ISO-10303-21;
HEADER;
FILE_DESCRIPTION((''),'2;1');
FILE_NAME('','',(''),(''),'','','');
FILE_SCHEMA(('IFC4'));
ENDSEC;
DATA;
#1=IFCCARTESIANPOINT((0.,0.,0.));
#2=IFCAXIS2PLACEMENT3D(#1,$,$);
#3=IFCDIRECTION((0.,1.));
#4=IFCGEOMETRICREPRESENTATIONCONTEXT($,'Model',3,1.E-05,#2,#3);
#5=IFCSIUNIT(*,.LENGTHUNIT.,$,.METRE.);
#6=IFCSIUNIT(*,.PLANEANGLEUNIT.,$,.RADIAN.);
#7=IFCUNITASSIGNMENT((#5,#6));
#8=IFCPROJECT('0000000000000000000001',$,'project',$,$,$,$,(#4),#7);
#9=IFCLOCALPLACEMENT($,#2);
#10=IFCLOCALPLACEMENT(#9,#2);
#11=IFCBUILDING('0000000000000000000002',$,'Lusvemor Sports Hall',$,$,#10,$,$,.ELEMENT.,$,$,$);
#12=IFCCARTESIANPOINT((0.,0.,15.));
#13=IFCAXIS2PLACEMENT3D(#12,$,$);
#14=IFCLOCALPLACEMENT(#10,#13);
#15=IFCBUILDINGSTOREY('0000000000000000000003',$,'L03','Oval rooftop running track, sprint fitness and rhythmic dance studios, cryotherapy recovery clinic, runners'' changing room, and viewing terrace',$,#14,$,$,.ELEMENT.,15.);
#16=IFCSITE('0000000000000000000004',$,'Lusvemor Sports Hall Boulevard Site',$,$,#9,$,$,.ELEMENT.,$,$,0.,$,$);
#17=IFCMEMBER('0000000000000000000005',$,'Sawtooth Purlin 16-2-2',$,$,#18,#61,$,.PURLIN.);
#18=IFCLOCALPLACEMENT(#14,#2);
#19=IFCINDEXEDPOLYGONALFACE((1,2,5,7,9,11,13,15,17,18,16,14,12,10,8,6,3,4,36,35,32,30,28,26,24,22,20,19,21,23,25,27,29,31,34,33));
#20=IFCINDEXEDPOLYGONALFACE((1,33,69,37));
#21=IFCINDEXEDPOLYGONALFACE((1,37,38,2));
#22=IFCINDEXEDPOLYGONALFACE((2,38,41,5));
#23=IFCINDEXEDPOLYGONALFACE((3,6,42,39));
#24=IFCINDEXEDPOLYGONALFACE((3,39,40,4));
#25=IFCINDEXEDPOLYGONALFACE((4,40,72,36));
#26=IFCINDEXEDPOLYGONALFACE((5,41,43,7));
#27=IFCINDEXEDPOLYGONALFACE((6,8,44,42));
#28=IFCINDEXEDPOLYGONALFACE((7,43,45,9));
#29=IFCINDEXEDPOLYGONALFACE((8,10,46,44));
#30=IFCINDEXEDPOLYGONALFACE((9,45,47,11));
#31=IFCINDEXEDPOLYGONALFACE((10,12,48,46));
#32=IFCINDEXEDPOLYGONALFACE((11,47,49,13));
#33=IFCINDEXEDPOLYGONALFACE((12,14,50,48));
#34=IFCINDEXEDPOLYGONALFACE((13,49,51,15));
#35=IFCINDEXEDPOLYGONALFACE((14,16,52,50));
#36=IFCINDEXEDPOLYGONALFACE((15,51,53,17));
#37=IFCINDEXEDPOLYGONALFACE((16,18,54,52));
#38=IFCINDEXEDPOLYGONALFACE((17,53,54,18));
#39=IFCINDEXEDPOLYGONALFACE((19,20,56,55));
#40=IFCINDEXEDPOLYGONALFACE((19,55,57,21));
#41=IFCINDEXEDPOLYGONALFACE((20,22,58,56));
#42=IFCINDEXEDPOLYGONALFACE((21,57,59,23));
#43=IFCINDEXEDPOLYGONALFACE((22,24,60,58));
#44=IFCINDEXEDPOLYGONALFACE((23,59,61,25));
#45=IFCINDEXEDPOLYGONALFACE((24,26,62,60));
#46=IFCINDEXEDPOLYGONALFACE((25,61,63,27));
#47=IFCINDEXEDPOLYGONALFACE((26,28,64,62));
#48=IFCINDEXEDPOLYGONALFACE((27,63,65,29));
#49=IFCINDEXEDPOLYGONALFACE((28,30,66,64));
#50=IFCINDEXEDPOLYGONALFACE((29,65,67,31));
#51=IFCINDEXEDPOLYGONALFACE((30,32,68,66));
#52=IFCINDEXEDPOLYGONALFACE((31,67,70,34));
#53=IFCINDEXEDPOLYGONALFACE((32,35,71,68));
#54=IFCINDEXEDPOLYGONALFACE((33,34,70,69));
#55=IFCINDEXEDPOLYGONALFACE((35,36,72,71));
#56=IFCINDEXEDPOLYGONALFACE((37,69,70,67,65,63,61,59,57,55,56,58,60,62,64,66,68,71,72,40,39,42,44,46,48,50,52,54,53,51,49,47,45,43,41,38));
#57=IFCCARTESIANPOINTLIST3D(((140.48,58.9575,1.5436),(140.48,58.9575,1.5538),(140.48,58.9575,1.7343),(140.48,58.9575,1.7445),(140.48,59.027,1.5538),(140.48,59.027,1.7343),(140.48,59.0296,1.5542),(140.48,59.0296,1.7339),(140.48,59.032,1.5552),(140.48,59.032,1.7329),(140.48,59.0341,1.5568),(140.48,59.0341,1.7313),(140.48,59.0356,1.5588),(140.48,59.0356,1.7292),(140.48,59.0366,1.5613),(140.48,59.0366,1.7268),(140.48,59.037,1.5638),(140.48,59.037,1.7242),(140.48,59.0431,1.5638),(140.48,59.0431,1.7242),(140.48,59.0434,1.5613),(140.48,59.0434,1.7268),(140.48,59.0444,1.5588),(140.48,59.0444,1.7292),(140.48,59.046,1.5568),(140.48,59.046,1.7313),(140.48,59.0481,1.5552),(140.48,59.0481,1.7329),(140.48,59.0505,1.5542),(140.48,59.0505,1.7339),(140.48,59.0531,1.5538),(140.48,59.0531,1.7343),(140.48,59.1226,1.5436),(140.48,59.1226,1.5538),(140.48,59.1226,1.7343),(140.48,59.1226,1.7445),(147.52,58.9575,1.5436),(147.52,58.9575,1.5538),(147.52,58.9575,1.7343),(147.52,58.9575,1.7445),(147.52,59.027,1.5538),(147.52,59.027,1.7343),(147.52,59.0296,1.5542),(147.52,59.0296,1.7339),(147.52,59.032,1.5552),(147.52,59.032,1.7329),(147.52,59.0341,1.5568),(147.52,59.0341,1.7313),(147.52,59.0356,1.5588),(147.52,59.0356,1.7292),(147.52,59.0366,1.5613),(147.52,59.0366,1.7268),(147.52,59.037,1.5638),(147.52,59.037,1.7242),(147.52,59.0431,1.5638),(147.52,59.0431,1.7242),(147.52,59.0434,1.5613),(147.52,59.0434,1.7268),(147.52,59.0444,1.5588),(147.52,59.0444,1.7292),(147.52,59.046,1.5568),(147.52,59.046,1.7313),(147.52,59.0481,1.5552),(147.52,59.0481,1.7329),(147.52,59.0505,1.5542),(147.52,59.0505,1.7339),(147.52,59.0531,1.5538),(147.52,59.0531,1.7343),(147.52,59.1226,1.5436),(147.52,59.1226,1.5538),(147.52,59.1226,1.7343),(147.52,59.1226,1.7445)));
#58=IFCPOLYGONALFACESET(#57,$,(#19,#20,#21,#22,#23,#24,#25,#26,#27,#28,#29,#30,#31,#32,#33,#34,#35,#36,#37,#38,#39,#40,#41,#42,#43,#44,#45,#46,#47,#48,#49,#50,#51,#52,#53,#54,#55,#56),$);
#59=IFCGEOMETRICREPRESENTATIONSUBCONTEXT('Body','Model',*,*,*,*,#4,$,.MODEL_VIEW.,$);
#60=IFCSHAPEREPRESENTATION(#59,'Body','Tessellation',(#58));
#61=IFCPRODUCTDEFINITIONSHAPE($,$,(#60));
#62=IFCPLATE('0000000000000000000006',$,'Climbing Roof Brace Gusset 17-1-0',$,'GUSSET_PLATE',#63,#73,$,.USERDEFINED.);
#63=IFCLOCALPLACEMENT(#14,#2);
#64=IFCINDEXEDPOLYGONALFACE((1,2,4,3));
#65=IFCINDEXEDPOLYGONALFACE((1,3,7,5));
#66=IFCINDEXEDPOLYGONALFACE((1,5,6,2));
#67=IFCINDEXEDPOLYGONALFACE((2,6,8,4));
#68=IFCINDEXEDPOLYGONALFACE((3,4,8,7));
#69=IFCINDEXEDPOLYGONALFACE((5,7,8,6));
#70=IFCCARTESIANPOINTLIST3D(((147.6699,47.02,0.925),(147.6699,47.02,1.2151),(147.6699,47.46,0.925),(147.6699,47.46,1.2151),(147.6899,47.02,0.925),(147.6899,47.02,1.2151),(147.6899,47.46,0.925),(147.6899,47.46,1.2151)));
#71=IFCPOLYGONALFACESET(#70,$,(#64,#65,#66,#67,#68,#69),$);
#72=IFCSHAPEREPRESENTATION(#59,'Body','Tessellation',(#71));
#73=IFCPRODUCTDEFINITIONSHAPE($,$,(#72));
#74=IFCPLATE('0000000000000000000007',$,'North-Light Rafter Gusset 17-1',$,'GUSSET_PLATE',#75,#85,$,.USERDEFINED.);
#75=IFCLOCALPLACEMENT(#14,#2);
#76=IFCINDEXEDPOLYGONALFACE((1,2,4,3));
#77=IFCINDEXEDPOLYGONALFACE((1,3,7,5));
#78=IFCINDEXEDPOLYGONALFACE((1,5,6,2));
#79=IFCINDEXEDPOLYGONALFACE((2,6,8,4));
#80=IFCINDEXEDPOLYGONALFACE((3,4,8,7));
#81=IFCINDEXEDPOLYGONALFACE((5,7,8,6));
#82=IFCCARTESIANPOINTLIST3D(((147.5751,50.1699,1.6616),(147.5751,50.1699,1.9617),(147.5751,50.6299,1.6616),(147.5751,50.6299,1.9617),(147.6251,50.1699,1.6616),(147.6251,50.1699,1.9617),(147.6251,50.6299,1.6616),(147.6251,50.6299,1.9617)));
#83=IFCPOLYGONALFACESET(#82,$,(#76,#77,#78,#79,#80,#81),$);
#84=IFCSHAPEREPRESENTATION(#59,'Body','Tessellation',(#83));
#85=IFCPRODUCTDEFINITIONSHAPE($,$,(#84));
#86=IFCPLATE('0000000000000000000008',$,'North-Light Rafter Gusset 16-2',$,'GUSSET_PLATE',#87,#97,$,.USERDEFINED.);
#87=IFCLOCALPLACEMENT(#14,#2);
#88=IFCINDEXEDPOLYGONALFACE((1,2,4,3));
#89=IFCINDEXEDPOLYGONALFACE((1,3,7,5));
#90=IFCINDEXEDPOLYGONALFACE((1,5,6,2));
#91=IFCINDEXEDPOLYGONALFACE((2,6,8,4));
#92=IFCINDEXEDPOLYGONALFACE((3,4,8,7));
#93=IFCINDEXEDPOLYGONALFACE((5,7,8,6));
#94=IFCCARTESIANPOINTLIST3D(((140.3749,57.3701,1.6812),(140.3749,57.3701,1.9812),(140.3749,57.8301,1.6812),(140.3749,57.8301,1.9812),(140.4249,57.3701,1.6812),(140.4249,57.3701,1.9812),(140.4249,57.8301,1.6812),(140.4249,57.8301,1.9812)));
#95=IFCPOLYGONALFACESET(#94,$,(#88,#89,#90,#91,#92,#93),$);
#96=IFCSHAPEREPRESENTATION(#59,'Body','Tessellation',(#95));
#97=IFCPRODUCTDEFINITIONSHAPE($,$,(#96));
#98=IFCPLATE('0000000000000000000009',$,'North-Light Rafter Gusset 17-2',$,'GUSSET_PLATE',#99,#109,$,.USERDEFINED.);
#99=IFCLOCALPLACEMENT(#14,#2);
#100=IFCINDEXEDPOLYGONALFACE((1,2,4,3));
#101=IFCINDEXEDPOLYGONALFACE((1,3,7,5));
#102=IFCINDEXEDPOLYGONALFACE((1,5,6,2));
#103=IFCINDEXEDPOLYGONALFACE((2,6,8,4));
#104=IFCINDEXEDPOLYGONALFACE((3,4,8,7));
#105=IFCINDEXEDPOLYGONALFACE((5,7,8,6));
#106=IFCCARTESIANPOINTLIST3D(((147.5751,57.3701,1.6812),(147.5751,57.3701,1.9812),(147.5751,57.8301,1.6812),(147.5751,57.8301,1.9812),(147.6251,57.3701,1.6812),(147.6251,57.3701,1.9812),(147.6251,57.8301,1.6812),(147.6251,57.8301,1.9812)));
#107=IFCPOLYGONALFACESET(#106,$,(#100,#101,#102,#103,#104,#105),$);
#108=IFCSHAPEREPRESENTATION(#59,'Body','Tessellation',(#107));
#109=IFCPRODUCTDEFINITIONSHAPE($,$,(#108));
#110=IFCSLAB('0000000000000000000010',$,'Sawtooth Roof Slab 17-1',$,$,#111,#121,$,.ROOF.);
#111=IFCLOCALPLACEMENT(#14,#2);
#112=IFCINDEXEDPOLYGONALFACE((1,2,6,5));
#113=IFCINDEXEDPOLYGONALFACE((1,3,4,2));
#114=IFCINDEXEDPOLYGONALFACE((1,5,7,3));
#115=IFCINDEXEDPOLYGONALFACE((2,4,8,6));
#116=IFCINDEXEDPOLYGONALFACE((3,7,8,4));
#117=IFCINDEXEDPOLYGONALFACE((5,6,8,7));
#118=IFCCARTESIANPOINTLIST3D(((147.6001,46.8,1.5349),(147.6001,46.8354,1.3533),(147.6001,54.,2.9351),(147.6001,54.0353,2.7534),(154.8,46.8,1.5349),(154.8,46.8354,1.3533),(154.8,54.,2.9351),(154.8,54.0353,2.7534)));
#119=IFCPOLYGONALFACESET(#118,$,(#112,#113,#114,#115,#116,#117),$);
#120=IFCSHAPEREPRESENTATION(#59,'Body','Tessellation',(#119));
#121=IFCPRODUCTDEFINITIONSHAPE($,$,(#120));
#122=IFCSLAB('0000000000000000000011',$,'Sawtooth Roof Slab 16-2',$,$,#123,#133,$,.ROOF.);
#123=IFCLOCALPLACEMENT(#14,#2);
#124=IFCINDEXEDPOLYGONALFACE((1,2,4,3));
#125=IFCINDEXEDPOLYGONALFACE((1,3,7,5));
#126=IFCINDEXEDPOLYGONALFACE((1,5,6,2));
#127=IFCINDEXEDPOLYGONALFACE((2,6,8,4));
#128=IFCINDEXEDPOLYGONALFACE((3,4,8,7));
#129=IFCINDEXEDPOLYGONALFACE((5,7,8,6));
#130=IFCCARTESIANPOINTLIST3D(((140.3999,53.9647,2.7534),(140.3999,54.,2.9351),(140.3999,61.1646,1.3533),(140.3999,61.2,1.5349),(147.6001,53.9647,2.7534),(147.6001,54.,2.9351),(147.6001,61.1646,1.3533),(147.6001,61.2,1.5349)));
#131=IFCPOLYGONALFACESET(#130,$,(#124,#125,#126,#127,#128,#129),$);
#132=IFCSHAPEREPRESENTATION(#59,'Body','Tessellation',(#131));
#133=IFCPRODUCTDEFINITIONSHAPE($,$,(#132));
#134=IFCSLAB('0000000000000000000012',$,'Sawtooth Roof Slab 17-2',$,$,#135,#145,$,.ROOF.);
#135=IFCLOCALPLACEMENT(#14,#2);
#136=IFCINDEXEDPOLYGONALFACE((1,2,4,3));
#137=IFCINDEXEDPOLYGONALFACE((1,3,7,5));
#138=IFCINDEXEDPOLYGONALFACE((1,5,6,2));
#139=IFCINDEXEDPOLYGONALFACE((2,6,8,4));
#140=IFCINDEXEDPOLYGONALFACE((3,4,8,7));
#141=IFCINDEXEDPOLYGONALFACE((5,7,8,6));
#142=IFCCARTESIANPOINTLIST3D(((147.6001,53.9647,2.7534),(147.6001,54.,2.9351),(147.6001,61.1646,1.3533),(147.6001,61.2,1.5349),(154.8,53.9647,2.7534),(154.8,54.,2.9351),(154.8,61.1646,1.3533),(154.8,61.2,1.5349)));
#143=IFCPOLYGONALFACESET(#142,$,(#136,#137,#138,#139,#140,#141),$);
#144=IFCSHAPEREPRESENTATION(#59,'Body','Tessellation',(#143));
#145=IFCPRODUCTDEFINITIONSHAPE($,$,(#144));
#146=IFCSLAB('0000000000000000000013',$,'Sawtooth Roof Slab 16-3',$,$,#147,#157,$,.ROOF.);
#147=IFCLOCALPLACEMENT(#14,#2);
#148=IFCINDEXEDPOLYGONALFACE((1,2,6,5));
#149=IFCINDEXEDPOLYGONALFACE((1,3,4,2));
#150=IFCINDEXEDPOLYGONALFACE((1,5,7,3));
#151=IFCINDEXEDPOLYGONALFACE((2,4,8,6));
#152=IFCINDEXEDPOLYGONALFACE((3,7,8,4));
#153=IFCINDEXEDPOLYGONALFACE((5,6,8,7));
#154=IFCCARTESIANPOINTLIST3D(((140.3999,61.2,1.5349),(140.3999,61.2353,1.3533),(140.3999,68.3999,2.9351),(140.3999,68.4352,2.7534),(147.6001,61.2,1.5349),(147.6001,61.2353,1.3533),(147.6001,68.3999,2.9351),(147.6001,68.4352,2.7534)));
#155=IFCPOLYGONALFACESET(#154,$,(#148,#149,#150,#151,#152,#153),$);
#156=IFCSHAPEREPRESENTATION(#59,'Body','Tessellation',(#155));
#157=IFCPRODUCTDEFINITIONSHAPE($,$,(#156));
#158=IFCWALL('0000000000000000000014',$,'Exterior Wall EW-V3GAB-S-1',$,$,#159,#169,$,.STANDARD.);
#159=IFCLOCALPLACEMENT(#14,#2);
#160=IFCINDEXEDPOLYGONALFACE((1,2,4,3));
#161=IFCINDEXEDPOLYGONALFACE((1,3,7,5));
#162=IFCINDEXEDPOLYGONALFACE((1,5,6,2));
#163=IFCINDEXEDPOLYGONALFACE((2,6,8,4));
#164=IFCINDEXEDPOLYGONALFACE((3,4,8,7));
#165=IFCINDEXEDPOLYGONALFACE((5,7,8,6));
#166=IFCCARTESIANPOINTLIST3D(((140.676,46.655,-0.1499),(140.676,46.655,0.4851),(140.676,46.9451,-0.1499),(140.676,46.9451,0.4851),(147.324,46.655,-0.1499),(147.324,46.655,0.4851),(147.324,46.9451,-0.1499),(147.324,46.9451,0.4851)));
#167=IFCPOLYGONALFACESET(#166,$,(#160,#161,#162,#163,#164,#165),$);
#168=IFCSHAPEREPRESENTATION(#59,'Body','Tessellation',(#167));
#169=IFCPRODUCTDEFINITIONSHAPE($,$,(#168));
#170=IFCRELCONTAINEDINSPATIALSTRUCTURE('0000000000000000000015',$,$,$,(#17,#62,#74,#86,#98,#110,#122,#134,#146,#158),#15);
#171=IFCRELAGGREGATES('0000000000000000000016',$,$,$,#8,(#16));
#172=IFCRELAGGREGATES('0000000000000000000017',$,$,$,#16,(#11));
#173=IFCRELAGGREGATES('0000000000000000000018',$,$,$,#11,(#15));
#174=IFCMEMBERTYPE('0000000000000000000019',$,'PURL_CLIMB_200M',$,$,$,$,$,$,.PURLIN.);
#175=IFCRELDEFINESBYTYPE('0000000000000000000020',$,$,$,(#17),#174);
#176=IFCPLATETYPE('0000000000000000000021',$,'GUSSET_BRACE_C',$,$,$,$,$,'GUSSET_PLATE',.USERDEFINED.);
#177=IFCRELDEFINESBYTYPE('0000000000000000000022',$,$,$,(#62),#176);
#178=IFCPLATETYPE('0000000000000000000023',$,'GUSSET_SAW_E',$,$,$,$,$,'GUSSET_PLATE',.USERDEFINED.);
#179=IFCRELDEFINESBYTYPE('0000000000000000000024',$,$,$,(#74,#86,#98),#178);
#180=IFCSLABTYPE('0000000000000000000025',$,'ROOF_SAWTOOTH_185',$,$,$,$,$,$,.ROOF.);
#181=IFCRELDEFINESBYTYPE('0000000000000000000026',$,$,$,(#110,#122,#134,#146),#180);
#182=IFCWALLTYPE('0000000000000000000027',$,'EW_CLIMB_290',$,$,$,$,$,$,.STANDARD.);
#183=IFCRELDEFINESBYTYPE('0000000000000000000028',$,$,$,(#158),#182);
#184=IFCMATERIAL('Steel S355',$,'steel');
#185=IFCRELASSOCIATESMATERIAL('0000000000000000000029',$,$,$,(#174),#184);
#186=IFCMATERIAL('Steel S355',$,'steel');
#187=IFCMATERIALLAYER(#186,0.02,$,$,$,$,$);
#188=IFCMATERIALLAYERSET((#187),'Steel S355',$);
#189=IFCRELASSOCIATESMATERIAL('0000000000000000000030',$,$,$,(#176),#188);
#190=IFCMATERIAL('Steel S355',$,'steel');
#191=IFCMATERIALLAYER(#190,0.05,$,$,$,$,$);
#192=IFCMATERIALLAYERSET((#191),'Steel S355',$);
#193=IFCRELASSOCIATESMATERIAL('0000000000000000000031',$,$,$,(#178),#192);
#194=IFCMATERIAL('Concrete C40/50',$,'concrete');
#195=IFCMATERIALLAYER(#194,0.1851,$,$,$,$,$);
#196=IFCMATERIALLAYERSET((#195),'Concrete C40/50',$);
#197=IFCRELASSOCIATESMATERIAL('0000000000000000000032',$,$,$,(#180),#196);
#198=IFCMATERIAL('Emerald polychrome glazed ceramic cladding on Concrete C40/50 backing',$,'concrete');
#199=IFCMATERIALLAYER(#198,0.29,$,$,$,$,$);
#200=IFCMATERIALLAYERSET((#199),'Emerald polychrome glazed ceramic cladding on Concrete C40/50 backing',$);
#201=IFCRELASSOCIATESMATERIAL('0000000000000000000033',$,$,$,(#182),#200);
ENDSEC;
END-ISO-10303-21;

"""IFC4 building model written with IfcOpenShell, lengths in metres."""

from ifc_helpers import new_model, si_unit, direction, frame, frame_2d, origin, origin_2d, place, context, subcontext, project, spatial, polyline, rectangle, i_section, outline, extrude, material, layer, layer_set, material_profile, profile_set, type_object, element, save


model = new_model("IFC4")

# Units and contexts
model_context = context("Model", 3, precision=1e-05, world=origin(), true_north=direction((0.0, 1.0)))
body_context = subcontext(model_context, "Body", "Model", "MODEL_VIEW")
ifc_project = project(units=[si_unit("LENGTHUNIT", "METRE"), si_unit("PLANEANGLEUNIT", "RADIAN")], contexts=[model_context])

# Site, building, storey
site_placement = place(None, origin())
site = spatial("IfcSite", under=ifc_project, at=site_placement, Name="Lusvemor Sports Hall Boulevard Site", CompositionType="ELEMENT", RefElevation=0.0)
building_placement = place(site_placement, origin())
building = spatial("IfcBuilding", under=site, at=building_placement, Name="Lusvemor Sports Hall", CompositionType="ELEMENT")
storey_placement = place(building_placement, frame((0.0, 0.0, 15.0)))
storey = spatial("IfcBuildingStorey", under=building, at=storey_placement, Name="L03", Description="Oval rooftop running track, sprint fitness and rhythmic dance studios, cryotherapy recovery clinic, runners' changing room, and viewing terrace", CompositionType="ELEMENT", Elevation=15.0)

# Member
ifc_material_1 = material(Name="Steel S355", Category="steel")
ifc_material_profile_1 = material_profile(ifc_material_1, i_section(OverallWidth=0.165, OverallDepth=0.2009, WebThickness=0.0061, FlangeThickness=0.0103, FilletRadius=0.01, at=origin_2d()), Name="W200x35.9")
ifc_profile_set_1 = profile_set([ifc_material_profile_1], Name="Steel S355")
member_type_1 = type_object("IfcMemberType", Name="PURL_CLIMB_200M", PredefinedType="PURLIN", material=ifc_profile_set_1)
for number, where, z_axis, x_axis, name in (
    (1, (140.48, 59.04, 1.644), (1.0, 0.0, 0.0), (0.0, 1.0, 0.0), "Sawtooth Purlin 16-2-2"),
):
    element("IfcMember", number, at=place(storey_placement, frame(where, z_axis=z_axis, x_axis=x_axis)), inside=storey, type_object=member_type_1, Name=name, PredefinedType="PURLIN", context=body_context, shape_type="SweptSolid", body=[
        extrude(i_section(OverallWidth=0.165, OverallDepth=0.2009, WebThickness=0.0061, FlangeThickness=0.0103, FilletRadius=0.01, at=origin_2d()), origin(), (0.0, 0.0, 1.0), 7.04),
    ])

# Plates
ifc_material_2 = material(Name="Steel S355", Category="steel")
ifc_layer_1 = layer(ifc_material_2, 0.02)
ifc_layer_set_1 = layer_set([ifc_layer_1], Name="Steel S355")
plate_type_1 = type_object("IfcPlateType", Name="GUSSET_BRACE_C", ElementType="GUSSET_PLATE", PredefinedType="USERDEFINED", material=ifc_layer_set_1)
plate_placement = place(storey_placement, frame((147.6799, 47.24, 0.925), z_axis=(0.0, 0.0, 1.0), x_axis=(1.0, 0.0, 0.0)))
element("IfcPlate", 2, at=plate_placement, inside=storey, type_object=plate_type_1, Name="Climbing Roof Brace Gusset 17-1-0", ObjectType="GUSSET_PLATE", PredefinedType="USERDEFINED", context=body_context, shape_type="SweptSolid", body=[
    extrude(rectangle(XDim=0.02, YDim=0.4399, at=origin_2d()), origin(), (0.0, 0.0, 1.0), 0.29),
])
ifc_material_3 = material(Name="Steel S355", Category="steel")
ifc_layer_2 = layer(ifc_material_3, 0.05)
ifc_layer_set_2 = layer_set([ifc_layer_2], Name="Steel S355")
plate_type_2 = type_object("IfcPlateType", Name="GUSSET_SAW_E", ElementType="GUSSET_PLATE", PredefinedType="USERDEFINED", material=ifc_layer_set_2)
for number, where, z_axis, x_axis, name in (
    (3, (147.6001, 50.3999, 1.6616), (0.0, 0.0, 1.0), (1.0, 0.0, 0.0), "North-Light Rafter Gusset 17-1"),
    (4, (140.3999, 57.6001, 1.6812), (0.0, 0.0, 1.0), (1.0, 0.0, 0.0), "North-Light Rafter Gusset 16-2"),
    (5, (147.6001, 57.6001, 1.6812), (0.0, 0.0, 1.0), (1.0, 0.0, 0.0), "North-Light Rafter Gusset 17-2"),
):
    element("IfcPlate", number, at=place(storey_placement, frame(where, z_axis=z_axis, x_axis=x_axis)), inside=storey, type_object=plate_type_2, Name=name, ObjectType="GUSSET_PLATE", PredefinedType="USERDEFINED", context=body_context, shape_type="SweptSolid", body=[
        extrude(rectangle(XDim=0.05, YDim=0.46, at=origin_2d()), origin(), (0.0, 0.0, 1.0), 0.3),
    ])

# Slabs
ifc_material_4 = material(Name="Concrete C40/50", Category="concrete")
ifc_layer_3 = layer(ifc_material_4, 0.1851)
ifc_layer_set_3 = layer_set([ifc_layer_3], Name="Concrete C40/50")
slab_type = type_object("IfcSlabType", Name="ROOF_SAWTOOTH_185", PredefinedType="ROOF", material=ifc_layer_set_3)
slab_1_placement = place(storey_placement, frame((147.6001, 46.8, 1.5349), z_axis=(0.0, -0.19089, 0.981611), x_axis=(1.0, 0.0, 0.0)))
element("IfcSlab", 6, at=slab_1_placement, inside=storey, type_object=slab_type, Name="Sawtooth Roof Slab 17-1", PredefinedType="ROOF", context=body_context, shape_type="SweptSolid", body=[
    extrude(outline(polyline([(0.0, 0.0), (7.2, 0.0), (7.2, 7.3348), (0.0, 7.3348), (0.0, 0.0)])), origin(), (0.0, 0.0, -1.0), 0.1851),
])
slab_2_placement = place(storey_placement, frame((140.3999, 54.0, 2.9351), z_axis=(0.0, 0.19089, 0.981611), x_axis=(1.0, 0.0, 0.0)))
element("IfcSlab", 7, at=slab_2_placement, inside=storey, type_object=slab_type, Name="Sawtooth Roof Slab 16-2", PredefinedType="ROOF", context=body_context, shape_type="SweptSolid", body=[
    extrude(outline(polyline([(0.0, 0.0), (7.2002, 0.0), (7.2002, 7.3348), (0.0, 7.3348), (0.0, 0.0)])), origin(), (0.0, 0.0, -1.0), 0.1851),
])
slab_3_placement = place(storey_placement, frame((147.6001, 54.0, 2.9351), z_axis=(0.0, 0.19089, 0.981611), x_axis=(1.0, 0.0, 0.0)))
element("IfcSlab", 8, at=slab_3_placement, inside=storey, type_object=slab_type, Name="Sawtooth Roof Slab 17-2", PredefinedType="ROOF", context=body_context, shape_type="SweptSolid", body=[
    extrude(outline(polyline([(0.0, 0.0), (7.2, 0.0), (7.2, 7.3348), (0.0, 7.3348), (0.0, 0.0)])), origin(), (0.0, 0.0, -1.0), 0.1851),
])
slab_4_placement = place(storey_placement, frame((140.3999, 61.2, 1.5349), z_axis=(0.0, -0.19089, 0.981611), x_axis=(1.0, 0.0, 0.0)))
element("IfcSlab", 9, at=slab_4_placement, inside=storey, type_object=slab_type, Name="Sawtooth Roof Slab 16-3", PredefinedType="ROOF", context=body_context, shape_type="SweptSolid", body=[
    extrude(outline(polyline([(0.0, 0.0), (7.2002, 0.0), (7.2002, 7.3348), (0.0, 7.3348), (0.0, 0.0)])), origin(), (0.0, 0.0, -1.0), 0.1851),
])

# Wall
ifc_material_5 = material(Name="Emerald polychrome glazed ceramic cladding on Concrete C40/50 backing", Category="concrete")
ifc_layer_4 = layer(ifc_material_5, 0.29)
ifc_layer_set_4 = layer_set([ifc_layer_4], Name="Emerald polychrome glazed ceramic cladding on Concrete C40/50 backing")
wall_type = type_object("IfcWallType", Name="EW_CLIMB_290", PredefinedType="STANDARD", material=ifc_layer_set_4)
wall_placement = place(storey_placement, frame((147.324, 46.8, -0.1499), z_axis=(0.0, 0.0, 1.0), x_axis=(-1.0, 0.0, 0.0)))
element("IfcWall", 10, at=wall_placement, inside=storey, type_object=wall_type, Name="Exterior Wall EW-V3GAB-S-1", PredefinedType="STANDARD", context=body_context, shape_type="SweptSolid", body=[
    extrude(rectangle(XDim=6.6479, YDim=0.29, at=frame_2d((3.324, 0.0))), origin(), (0.0, 0.0, 1.0), 0.635),
])

save(model, "model.ifc")
